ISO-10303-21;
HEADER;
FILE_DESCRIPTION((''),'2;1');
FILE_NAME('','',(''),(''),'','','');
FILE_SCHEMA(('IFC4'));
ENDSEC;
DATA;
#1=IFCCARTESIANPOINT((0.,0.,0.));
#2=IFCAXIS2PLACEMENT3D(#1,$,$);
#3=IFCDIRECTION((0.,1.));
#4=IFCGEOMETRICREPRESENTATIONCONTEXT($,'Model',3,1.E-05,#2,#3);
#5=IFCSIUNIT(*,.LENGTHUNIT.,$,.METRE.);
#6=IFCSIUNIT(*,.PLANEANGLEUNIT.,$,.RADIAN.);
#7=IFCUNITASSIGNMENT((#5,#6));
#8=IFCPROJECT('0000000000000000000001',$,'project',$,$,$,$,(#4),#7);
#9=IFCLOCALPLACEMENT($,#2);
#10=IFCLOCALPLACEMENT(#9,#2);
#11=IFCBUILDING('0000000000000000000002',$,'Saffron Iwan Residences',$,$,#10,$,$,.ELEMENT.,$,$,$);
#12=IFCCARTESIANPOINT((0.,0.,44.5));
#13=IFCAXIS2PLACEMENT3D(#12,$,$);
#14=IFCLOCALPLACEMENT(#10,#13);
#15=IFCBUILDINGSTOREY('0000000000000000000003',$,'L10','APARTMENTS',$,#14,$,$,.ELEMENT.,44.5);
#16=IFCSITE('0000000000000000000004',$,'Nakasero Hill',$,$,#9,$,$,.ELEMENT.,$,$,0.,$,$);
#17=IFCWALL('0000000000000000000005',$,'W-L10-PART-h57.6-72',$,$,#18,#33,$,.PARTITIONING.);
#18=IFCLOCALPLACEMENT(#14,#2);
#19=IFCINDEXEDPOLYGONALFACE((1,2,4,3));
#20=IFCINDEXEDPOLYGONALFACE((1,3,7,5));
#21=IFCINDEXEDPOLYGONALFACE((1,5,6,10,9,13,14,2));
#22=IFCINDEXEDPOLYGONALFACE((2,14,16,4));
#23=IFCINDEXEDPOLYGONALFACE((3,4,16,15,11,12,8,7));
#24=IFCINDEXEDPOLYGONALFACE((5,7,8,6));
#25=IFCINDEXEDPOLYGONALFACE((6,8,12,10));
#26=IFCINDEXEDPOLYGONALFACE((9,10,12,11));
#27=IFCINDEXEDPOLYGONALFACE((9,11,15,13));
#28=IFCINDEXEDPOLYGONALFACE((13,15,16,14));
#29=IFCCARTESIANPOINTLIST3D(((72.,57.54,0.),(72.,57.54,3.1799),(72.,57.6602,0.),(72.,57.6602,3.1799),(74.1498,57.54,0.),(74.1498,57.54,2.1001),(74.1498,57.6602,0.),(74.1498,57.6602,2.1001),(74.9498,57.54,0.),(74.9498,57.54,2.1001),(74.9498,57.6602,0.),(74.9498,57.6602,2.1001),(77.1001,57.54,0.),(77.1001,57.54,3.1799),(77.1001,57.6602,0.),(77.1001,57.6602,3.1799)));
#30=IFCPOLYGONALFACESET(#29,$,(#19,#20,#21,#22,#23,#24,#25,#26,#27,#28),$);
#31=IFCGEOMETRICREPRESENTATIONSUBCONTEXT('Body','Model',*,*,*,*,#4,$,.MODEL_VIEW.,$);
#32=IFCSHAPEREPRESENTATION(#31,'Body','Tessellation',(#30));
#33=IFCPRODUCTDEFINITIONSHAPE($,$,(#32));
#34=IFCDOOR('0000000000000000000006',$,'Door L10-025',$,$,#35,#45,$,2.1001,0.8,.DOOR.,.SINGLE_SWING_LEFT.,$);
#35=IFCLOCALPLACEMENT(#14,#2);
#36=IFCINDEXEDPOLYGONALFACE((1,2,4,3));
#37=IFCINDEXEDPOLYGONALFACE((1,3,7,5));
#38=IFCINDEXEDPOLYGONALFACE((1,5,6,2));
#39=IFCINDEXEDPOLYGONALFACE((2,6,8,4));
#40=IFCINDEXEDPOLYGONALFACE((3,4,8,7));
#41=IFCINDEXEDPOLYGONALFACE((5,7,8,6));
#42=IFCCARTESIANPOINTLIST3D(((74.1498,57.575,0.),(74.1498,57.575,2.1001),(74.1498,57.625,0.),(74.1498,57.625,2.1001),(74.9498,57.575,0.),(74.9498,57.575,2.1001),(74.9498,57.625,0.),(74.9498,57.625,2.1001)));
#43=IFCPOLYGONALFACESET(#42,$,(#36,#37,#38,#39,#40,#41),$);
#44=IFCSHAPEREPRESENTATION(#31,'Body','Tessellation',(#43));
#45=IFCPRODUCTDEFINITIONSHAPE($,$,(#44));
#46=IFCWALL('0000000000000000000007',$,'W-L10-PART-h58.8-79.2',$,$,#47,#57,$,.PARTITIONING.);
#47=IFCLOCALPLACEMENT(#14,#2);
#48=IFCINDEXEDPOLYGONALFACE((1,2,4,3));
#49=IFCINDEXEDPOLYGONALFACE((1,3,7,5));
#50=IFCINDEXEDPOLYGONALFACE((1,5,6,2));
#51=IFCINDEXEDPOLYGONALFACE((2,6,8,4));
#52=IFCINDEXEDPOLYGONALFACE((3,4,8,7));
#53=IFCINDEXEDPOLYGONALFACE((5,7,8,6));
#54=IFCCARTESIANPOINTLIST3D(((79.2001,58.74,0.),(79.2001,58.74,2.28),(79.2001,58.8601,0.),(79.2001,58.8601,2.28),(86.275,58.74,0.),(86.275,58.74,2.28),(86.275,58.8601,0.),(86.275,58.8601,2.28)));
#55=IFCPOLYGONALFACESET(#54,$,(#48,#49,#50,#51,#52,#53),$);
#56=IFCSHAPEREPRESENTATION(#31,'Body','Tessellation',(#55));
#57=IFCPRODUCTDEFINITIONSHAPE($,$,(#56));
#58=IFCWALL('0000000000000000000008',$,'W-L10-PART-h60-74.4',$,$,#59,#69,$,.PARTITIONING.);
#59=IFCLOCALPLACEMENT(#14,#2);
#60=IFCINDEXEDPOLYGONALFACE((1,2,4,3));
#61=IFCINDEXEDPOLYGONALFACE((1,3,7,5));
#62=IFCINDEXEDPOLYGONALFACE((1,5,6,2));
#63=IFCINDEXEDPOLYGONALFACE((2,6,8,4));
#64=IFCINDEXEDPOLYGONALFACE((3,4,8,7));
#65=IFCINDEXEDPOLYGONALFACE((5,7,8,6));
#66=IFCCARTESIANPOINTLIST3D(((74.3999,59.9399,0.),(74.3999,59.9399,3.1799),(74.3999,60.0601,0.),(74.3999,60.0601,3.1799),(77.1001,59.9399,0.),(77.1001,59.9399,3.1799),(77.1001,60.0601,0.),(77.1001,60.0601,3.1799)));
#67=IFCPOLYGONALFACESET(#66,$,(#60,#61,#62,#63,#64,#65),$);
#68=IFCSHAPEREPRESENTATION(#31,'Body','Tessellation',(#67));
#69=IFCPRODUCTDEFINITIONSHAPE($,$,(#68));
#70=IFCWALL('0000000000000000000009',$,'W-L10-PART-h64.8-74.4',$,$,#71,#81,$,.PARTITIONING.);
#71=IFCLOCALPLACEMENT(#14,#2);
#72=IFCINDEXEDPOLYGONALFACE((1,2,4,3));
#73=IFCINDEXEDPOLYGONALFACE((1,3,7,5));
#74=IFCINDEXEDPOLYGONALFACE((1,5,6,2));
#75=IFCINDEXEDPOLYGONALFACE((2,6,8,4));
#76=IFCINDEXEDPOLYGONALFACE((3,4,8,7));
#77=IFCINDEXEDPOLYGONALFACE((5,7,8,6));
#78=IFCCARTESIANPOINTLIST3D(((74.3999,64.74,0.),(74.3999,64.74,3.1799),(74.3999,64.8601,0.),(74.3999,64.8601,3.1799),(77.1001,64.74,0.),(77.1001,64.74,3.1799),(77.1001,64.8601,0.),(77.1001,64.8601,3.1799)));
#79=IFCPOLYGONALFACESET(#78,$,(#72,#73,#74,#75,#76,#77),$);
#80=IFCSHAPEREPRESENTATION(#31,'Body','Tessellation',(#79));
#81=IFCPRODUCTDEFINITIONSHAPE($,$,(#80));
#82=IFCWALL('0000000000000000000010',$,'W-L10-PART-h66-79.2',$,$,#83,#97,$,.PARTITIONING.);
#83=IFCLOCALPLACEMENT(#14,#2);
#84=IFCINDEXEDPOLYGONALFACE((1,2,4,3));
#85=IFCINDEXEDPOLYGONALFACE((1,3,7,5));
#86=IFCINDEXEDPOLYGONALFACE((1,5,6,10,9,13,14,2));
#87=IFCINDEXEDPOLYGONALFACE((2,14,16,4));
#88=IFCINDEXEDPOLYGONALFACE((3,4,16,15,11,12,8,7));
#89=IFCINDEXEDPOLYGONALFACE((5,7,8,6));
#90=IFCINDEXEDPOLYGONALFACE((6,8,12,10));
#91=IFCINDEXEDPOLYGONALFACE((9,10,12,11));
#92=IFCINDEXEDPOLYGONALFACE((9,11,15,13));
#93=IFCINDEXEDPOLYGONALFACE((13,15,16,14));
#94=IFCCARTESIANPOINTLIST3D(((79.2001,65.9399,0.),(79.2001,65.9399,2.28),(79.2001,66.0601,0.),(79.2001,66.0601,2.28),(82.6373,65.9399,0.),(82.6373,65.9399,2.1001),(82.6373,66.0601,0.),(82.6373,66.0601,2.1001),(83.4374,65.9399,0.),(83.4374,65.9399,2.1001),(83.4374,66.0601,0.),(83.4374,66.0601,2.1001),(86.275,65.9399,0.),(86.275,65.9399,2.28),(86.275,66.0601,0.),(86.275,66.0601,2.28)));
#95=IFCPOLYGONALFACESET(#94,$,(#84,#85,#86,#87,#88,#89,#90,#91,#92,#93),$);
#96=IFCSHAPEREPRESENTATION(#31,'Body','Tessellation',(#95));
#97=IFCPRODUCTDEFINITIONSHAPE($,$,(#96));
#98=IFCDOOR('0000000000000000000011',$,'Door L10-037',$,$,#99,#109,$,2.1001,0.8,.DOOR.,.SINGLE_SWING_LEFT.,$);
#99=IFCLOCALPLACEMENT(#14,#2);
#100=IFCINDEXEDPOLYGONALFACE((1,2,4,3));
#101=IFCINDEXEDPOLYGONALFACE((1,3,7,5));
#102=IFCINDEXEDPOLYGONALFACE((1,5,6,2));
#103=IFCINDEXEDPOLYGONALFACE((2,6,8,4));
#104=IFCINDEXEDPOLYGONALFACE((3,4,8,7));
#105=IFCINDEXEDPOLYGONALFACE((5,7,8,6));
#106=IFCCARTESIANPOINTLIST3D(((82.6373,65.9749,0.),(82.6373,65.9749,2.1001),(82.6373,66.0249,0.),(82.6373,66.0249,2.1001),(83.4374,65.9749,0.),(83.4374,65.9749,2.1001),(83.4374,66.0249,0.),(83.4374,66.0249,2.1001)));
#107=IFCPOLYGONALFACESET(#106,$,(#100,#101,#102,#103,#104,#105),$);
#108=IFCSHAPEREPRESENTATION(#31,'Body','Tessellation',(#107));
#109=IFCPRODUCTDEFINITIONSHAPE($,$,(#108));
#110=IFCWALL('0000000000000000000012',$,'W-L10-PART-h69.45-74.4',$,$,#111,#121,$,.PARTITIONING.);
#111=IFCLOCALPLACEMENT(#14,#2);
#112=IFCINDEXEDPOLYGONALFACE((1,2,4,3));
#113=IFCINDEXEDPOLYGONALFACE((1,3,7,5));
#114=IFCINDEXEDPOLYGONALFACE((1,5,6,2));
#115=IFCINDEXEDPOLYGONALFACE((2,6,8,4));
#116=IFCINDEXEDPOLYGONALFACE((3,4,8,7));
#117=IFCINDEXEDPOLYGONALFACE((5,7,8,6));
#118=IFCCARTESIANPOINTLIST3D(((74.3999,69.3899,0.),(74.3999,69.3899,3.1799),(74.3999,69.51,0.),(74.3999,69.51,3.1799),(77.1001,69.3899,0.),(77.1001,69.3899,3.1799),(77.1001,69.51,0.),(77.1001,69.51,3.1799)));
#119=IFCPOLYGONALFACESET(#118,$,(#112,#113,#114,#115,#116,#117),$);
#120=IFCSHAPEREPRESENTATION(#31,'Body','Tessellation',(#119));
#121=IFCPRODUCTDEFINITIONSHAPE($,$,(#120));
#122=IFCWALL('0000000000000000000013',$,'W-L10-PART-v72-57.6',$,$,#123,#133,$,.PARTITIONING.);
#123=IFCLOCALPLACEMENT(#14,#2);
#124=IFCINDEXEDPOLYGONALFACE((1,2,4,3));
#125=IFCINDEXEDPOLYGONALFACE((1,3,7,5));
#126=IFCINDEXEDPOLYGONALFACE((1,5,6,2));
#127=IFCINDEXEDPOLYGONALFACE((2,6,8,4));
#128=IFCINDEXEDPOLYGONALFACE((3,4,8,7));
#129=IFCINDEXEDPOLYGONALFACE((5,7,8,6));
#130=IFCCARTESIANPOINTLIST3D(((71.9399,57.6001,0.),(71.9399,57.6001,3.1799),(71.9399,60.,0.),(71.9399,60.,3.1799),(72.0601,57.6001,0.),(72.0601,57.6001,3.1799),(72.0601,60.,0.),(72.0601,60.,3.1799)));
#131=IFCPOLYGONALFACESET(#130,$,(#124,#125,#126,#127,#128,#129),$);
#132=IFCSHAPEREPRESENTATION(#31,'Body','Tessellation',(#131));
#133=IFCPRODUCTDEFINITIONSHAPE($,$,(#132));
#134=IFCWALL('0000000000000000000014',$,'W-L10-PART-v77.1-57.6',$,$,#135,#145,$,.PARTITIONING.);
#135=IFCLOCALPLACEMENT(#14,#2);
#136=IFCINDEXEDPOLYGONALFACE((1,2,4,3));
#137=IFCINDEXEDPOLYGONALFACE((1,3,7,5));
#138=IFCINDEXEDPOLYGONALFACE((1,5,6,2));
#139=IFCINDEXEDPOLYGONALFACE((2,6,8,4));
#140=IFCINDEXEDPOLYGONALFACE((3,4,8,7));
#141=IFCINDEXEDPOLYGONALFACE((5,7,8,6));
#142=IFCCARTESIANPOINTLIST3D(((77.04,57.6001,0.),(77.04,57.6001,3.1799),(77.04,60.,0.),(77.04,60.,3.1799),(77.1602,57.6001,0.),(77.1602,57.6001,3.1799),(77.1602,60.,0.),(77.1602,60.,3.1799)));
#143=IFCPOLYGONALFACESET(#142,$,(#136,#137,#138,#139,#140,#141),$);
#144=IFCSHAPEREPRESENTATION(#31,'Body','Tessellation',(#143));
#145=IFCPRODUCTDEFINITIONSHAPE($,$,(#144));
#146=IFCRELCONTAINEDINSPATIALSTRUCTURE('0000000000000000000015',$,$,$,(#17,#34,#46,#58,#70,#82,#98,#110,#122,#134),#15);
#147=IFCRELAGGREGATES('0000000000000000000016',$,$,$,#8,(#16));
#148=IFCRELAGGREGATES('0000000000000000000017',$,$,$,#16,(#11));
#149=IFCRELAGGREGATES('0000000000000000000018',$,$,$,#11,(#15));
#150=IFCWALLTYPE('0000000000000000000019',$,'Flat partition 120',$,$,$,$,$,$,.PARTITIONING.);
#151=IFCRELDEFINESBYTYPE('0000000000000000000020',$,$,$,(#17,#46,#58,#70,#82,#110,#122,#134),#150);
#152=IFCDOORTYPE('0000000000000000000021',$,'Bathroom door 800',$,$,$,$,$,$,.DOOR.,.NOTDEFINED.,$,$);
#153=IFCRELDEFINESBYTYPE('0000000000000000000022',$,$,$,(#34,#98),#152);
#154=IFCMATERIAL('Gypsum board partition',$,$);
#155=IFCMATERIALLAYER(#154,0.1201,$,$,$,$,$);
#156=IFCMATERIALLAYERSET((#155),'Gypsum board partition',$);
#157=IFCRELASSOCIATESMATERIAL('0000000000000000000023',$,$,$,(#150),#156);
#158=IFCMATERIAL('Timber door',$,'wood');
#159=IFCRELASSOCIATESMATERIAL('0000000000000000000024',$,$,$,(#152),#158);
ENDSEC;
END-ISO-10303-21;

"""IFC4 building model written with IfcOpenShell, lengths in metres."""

from ifc_helpers import new_model, si_unit, direction, frame, frame_2d, origin, place, context, subcontext, project, spatial, rectangle, extrude, material, layer, layer_set, type_object, element, fill, save


model = new_model("IFC4")

# Units and contexts
model_context = context("Model", 3, precision=1e-05, world=origin(), true_north=direction((0.0, 1.0)))
body_context = subcontext(model_context, "Body", "Model", "MODEL_VIEW")
ifc_project = project(units=[si_unit("LENGTHUNIT", "METRE"), si_unit("PLANEANGLEUNIT", "RADIAN")], contexts=[model_context])

# Site, building, storey
site_placement = place(None, origin())
site = spatial("IfcSite", under=ifc_project, at=site_placement, Name="Nakasero Hill", CompositionType="ELEMENT", RefElevation=0.0)
building_placement = place(site_placement, origin())
building = spatial("IfcBuilding", under=site, at=building_placement, Name="Saffron Iwan Residences", CompositionType="ELEMENT")
storey_placement = place(building_placement, frame((0.0, 0.0, 44.5)))
storey = spatial("IfcBuildingStorey", under=building, at=storey_placement, Name="L10", Description="APARTMENTS", CompositionType="ELEMENT", Elevation=44.5)

# Wall, opening, door
ifc_material_1 = material(Name="Gypsum board partition")
ifc_layer_1 = layer(ifc_material_1, 0.1201)
ifc_layer_set_1 = layer_set([ifc_layer_1], Name="Gypsum board partition")
wall_type_1 = type_object("IfcWallType", Name="Flat partition 120", PredefinedType="PARTITIONING", material=ifc_layer_set_1)
wall_1_placement = place(storey_placement, frame((72.0, 57.6001, 0.0), z_axis=(0.0, 0.0, 1.0), x_axis=(1.0, 0.0, 0.0)))
wall_1 = element("IfcWall", 1, at=wall_1_placement, inside=storey, type_object=wall_type_1, Name="W-L10-PART-h57.6-72", PredefinedType="PARTITIONING", context=body_context, shape_type="SweptSolid", body=[
    extrude(rectangle(XDim=5.1001, YDim=0.1201, at=frame_2d((2.55, 0.0))), origin(), (0.0, 0.0, 1.0), 3.1799),
])
opening_1_placement = place(wall_1_placement, frame((2.1499, 0.0, 0.0)))
opening_1 = element("IfcOpeningElement", 2, at=opening_1_placement, cuts=wall_1, PredefinedType="OPENING", context=body_context, shape_type="SweptSolid", body=[
    extrude(rectangle(XDim=0.8, YDim=2.1001, at=frame_2d((0.3999, 1.05))), frame((0.0, 0.0701, 0.0), z_axis=(0.0, -1.0, 0.0), x_axis=(1.0, 0.0, 0.0)), (0.0, 0.0, 1.0), 0.1401),
])
ifc_material_2 = material(Name="Timber door", Category="wood")
door_type_1 = type_object("IfcDoorType", Name="Bathroom door 800", OperationType="NOTDEFINED", PredefinedType="DOOR", material=ifc_material_2)
door_1_placement = place(opening_1_placement, origin())
door_1 = element("IfcDoor", 3, at=door_1_placement, inside=storey, type_object=door_type_1, Name="Door L10-025", OperationType="SINGLE_SWING_LEFT", OverallHeight=2.1001, OverallWidth=0.8, PredefinedType="DOOR", context=body_context, shape_type="SweptSolid", body=[
    extrude(rectangle(XDim=0.8, YDim=2.1001, at=frame_2d((0.3999, 1.05))), frame((0.0, 0.0249, 0.0), z_axis=(0.0, -1.0, 0.0), x_axis=(1.0, 0.0, 0.0)), (0.0, 0.0, 1.0), 0.05),
])
fill(opening_1, door_1)

# Walls
wall_2_placement = place(storey_placement, frame((79.2, 58.8, 0.0), z_axis=(0.0, 0.0, 1.0), x_axis=(1.0, 0.0, 0.0)))
element("IfcWall", 4, at=wall_2_placement, inside=storey, type_object=wall_type_1, Name="W-L10-PART-h58.8-79.2", PredefinedType="PARTITIONING", context=body_context, shape_type="SweptSolid", body=[
    extrude(rectangle(XDim=7.075, YDim=0.1201, at=frame_2d((3.5376, 0.0))), origin(), (0.0, 0.0, 1.0), 2.28),
])
for number, where, z_axis, x_axis, name in (
    (5, (74.3999, 60.0, 0.0), (0.0, 0.0, 1.0), (1.0, 0.0, 0.0), "W-L10-PART-h60-74.4"),
    (6, (74.3999, 64.8, 0.0), (0.0, 0.0, 1.0), (1.0, 0.0, 0.0), "W-L10-PART-h64.8-74.4"),
):
    element("IfcWall", number, at=place(storey_placement, frame(where, z_axis=z_axis, x_axis=x_axis)), inside=storey, type_object=wall_type_1, Name=name, PredefinedType="PARTITIONING", context=body_context, shape_type="SweptSolid", body=[
        extrude(rectangle(XDim=2.7002, YDim=0.1201, at=frame_2d((1.3501, 0.0))), origin(), (0.0, 0.0, 1.0), 3.1799),
    ])

# Wall, opening, door
wall_3_placement = place(storey_placement, frame((79.2, 66.0, 0.0), z_axis=(0.0, 0.0, 1.0), x_axis=(1.0, 0.0, 0.0)))
wall_3 = element("IfcWall", 7, at=wall_3_placement, inside=storey, type_object=wall_type_1, Name="W-L10-PART-h66-79.2", PredefinedType="PARTITIONING", context=body_context, shape_type="SweptSolid", body=[
    extrude(rectangle(XDim=7.075, YDim=0.1201, at=frame_2d((3.5376, 0.0))), origin(), (0.0, 0.0, 1.0), 2.28),
])
opening_2_placement = place(wall_3_placement, frame((3.4375, 0.0, 0.0)))
opening_2 = element("IfcOpeningElement", 8, at=opening_2_placement, cuts=wall_3, PredefinedType="OPENING", context=body_context, shape_type="SweptSolid", body=[
    extrude(rectangle(XDim=0.8, YDim=2.1001, at=frame_2d((0.3999, 1.05))), frame((0.0, 0.0701, 0.0), z_axis=(0.0, -1.0, 0.0), x_axis=(1.0, 0.0, 0.0)), (0.0, 0.0, 1.0), 0.1401),
])
door_2_placement = place(opening_2_placement, origin())
door_2 = element("IfcDoor", 9, at=door_2_placement, inside=storey, type_object=door_type_1, Name="Door L10-037", OperationType="SINGLE_SWING_LEFT", OverallHeight=2.1001, OverallWidth=0.8, PredefinedType="DOOR", context=body_context, shape_type="SweptSolid", body=[
    extrude(rectangle(XDim=0.8, YDim=2.1001, at=frame_2d((0.3999, 1.05))), frame((0.0, 0.0249, 0.0), z_axis=(0.0, -1.0, 0.0), x_axis=(1.0, 0.0, 0.0)), (0.0, 0.0, 1.0), 0.05),
])
fill(opening_2, door_2)

# Walls
wall_4_placement = place(storey_placement, frame((74.3999, 69.45, 0.0), z_axis=(0.0, 0.0, 1.0), x_axis=(1.0, 0.0, 0.0)))
element("IfcWall", 10, at=wall_4_placement, inside=storey, type_object=wall_type_1, Name="W-L10-PART-h69.45-74.4", PredefinedType="PARTITIONING", context=body_context, shape_type="SweptSolid", body=[
    extrude(rectangle(XDim=2.7002, YDim=0.1201, at=frame_2d((1.3501, 0.0))), origin(), (0.0, 0.0, 1.0), 3.1799),
])
for number, where, z_axis, x_axis, name in (
    (11, (72.0, 57.6001, 0.0), (0.0, 0.0, 1.0), (0.0, 1.0, 0.0), "W-L10-PART-v72-57.6"),
    (12, (77.1001, 57.6001, 0.0), (0.0, 0.0, 1.0), (0.0, 1.0, 0.0), "W-L10-PART-v77.1-57.6"),
):
    element("IfcWall", number, at=place(storey_placement, frame(where, z_axis=z_axis, x_axis=x_axis)), inside=storey, type_object=wall_type_1, Name=name, PredefinedType="PARTITIONING", context=body_context, shape_type="SweptSolid", body=[
        extrude(rectangle(XDim=2.3999, YDim=0.1201, at=frame_2d((1.2, 0.0))), origin(), (0.0, 0.0, 1.0), 3.1799),
    ])

save(model, "model.ifc")
